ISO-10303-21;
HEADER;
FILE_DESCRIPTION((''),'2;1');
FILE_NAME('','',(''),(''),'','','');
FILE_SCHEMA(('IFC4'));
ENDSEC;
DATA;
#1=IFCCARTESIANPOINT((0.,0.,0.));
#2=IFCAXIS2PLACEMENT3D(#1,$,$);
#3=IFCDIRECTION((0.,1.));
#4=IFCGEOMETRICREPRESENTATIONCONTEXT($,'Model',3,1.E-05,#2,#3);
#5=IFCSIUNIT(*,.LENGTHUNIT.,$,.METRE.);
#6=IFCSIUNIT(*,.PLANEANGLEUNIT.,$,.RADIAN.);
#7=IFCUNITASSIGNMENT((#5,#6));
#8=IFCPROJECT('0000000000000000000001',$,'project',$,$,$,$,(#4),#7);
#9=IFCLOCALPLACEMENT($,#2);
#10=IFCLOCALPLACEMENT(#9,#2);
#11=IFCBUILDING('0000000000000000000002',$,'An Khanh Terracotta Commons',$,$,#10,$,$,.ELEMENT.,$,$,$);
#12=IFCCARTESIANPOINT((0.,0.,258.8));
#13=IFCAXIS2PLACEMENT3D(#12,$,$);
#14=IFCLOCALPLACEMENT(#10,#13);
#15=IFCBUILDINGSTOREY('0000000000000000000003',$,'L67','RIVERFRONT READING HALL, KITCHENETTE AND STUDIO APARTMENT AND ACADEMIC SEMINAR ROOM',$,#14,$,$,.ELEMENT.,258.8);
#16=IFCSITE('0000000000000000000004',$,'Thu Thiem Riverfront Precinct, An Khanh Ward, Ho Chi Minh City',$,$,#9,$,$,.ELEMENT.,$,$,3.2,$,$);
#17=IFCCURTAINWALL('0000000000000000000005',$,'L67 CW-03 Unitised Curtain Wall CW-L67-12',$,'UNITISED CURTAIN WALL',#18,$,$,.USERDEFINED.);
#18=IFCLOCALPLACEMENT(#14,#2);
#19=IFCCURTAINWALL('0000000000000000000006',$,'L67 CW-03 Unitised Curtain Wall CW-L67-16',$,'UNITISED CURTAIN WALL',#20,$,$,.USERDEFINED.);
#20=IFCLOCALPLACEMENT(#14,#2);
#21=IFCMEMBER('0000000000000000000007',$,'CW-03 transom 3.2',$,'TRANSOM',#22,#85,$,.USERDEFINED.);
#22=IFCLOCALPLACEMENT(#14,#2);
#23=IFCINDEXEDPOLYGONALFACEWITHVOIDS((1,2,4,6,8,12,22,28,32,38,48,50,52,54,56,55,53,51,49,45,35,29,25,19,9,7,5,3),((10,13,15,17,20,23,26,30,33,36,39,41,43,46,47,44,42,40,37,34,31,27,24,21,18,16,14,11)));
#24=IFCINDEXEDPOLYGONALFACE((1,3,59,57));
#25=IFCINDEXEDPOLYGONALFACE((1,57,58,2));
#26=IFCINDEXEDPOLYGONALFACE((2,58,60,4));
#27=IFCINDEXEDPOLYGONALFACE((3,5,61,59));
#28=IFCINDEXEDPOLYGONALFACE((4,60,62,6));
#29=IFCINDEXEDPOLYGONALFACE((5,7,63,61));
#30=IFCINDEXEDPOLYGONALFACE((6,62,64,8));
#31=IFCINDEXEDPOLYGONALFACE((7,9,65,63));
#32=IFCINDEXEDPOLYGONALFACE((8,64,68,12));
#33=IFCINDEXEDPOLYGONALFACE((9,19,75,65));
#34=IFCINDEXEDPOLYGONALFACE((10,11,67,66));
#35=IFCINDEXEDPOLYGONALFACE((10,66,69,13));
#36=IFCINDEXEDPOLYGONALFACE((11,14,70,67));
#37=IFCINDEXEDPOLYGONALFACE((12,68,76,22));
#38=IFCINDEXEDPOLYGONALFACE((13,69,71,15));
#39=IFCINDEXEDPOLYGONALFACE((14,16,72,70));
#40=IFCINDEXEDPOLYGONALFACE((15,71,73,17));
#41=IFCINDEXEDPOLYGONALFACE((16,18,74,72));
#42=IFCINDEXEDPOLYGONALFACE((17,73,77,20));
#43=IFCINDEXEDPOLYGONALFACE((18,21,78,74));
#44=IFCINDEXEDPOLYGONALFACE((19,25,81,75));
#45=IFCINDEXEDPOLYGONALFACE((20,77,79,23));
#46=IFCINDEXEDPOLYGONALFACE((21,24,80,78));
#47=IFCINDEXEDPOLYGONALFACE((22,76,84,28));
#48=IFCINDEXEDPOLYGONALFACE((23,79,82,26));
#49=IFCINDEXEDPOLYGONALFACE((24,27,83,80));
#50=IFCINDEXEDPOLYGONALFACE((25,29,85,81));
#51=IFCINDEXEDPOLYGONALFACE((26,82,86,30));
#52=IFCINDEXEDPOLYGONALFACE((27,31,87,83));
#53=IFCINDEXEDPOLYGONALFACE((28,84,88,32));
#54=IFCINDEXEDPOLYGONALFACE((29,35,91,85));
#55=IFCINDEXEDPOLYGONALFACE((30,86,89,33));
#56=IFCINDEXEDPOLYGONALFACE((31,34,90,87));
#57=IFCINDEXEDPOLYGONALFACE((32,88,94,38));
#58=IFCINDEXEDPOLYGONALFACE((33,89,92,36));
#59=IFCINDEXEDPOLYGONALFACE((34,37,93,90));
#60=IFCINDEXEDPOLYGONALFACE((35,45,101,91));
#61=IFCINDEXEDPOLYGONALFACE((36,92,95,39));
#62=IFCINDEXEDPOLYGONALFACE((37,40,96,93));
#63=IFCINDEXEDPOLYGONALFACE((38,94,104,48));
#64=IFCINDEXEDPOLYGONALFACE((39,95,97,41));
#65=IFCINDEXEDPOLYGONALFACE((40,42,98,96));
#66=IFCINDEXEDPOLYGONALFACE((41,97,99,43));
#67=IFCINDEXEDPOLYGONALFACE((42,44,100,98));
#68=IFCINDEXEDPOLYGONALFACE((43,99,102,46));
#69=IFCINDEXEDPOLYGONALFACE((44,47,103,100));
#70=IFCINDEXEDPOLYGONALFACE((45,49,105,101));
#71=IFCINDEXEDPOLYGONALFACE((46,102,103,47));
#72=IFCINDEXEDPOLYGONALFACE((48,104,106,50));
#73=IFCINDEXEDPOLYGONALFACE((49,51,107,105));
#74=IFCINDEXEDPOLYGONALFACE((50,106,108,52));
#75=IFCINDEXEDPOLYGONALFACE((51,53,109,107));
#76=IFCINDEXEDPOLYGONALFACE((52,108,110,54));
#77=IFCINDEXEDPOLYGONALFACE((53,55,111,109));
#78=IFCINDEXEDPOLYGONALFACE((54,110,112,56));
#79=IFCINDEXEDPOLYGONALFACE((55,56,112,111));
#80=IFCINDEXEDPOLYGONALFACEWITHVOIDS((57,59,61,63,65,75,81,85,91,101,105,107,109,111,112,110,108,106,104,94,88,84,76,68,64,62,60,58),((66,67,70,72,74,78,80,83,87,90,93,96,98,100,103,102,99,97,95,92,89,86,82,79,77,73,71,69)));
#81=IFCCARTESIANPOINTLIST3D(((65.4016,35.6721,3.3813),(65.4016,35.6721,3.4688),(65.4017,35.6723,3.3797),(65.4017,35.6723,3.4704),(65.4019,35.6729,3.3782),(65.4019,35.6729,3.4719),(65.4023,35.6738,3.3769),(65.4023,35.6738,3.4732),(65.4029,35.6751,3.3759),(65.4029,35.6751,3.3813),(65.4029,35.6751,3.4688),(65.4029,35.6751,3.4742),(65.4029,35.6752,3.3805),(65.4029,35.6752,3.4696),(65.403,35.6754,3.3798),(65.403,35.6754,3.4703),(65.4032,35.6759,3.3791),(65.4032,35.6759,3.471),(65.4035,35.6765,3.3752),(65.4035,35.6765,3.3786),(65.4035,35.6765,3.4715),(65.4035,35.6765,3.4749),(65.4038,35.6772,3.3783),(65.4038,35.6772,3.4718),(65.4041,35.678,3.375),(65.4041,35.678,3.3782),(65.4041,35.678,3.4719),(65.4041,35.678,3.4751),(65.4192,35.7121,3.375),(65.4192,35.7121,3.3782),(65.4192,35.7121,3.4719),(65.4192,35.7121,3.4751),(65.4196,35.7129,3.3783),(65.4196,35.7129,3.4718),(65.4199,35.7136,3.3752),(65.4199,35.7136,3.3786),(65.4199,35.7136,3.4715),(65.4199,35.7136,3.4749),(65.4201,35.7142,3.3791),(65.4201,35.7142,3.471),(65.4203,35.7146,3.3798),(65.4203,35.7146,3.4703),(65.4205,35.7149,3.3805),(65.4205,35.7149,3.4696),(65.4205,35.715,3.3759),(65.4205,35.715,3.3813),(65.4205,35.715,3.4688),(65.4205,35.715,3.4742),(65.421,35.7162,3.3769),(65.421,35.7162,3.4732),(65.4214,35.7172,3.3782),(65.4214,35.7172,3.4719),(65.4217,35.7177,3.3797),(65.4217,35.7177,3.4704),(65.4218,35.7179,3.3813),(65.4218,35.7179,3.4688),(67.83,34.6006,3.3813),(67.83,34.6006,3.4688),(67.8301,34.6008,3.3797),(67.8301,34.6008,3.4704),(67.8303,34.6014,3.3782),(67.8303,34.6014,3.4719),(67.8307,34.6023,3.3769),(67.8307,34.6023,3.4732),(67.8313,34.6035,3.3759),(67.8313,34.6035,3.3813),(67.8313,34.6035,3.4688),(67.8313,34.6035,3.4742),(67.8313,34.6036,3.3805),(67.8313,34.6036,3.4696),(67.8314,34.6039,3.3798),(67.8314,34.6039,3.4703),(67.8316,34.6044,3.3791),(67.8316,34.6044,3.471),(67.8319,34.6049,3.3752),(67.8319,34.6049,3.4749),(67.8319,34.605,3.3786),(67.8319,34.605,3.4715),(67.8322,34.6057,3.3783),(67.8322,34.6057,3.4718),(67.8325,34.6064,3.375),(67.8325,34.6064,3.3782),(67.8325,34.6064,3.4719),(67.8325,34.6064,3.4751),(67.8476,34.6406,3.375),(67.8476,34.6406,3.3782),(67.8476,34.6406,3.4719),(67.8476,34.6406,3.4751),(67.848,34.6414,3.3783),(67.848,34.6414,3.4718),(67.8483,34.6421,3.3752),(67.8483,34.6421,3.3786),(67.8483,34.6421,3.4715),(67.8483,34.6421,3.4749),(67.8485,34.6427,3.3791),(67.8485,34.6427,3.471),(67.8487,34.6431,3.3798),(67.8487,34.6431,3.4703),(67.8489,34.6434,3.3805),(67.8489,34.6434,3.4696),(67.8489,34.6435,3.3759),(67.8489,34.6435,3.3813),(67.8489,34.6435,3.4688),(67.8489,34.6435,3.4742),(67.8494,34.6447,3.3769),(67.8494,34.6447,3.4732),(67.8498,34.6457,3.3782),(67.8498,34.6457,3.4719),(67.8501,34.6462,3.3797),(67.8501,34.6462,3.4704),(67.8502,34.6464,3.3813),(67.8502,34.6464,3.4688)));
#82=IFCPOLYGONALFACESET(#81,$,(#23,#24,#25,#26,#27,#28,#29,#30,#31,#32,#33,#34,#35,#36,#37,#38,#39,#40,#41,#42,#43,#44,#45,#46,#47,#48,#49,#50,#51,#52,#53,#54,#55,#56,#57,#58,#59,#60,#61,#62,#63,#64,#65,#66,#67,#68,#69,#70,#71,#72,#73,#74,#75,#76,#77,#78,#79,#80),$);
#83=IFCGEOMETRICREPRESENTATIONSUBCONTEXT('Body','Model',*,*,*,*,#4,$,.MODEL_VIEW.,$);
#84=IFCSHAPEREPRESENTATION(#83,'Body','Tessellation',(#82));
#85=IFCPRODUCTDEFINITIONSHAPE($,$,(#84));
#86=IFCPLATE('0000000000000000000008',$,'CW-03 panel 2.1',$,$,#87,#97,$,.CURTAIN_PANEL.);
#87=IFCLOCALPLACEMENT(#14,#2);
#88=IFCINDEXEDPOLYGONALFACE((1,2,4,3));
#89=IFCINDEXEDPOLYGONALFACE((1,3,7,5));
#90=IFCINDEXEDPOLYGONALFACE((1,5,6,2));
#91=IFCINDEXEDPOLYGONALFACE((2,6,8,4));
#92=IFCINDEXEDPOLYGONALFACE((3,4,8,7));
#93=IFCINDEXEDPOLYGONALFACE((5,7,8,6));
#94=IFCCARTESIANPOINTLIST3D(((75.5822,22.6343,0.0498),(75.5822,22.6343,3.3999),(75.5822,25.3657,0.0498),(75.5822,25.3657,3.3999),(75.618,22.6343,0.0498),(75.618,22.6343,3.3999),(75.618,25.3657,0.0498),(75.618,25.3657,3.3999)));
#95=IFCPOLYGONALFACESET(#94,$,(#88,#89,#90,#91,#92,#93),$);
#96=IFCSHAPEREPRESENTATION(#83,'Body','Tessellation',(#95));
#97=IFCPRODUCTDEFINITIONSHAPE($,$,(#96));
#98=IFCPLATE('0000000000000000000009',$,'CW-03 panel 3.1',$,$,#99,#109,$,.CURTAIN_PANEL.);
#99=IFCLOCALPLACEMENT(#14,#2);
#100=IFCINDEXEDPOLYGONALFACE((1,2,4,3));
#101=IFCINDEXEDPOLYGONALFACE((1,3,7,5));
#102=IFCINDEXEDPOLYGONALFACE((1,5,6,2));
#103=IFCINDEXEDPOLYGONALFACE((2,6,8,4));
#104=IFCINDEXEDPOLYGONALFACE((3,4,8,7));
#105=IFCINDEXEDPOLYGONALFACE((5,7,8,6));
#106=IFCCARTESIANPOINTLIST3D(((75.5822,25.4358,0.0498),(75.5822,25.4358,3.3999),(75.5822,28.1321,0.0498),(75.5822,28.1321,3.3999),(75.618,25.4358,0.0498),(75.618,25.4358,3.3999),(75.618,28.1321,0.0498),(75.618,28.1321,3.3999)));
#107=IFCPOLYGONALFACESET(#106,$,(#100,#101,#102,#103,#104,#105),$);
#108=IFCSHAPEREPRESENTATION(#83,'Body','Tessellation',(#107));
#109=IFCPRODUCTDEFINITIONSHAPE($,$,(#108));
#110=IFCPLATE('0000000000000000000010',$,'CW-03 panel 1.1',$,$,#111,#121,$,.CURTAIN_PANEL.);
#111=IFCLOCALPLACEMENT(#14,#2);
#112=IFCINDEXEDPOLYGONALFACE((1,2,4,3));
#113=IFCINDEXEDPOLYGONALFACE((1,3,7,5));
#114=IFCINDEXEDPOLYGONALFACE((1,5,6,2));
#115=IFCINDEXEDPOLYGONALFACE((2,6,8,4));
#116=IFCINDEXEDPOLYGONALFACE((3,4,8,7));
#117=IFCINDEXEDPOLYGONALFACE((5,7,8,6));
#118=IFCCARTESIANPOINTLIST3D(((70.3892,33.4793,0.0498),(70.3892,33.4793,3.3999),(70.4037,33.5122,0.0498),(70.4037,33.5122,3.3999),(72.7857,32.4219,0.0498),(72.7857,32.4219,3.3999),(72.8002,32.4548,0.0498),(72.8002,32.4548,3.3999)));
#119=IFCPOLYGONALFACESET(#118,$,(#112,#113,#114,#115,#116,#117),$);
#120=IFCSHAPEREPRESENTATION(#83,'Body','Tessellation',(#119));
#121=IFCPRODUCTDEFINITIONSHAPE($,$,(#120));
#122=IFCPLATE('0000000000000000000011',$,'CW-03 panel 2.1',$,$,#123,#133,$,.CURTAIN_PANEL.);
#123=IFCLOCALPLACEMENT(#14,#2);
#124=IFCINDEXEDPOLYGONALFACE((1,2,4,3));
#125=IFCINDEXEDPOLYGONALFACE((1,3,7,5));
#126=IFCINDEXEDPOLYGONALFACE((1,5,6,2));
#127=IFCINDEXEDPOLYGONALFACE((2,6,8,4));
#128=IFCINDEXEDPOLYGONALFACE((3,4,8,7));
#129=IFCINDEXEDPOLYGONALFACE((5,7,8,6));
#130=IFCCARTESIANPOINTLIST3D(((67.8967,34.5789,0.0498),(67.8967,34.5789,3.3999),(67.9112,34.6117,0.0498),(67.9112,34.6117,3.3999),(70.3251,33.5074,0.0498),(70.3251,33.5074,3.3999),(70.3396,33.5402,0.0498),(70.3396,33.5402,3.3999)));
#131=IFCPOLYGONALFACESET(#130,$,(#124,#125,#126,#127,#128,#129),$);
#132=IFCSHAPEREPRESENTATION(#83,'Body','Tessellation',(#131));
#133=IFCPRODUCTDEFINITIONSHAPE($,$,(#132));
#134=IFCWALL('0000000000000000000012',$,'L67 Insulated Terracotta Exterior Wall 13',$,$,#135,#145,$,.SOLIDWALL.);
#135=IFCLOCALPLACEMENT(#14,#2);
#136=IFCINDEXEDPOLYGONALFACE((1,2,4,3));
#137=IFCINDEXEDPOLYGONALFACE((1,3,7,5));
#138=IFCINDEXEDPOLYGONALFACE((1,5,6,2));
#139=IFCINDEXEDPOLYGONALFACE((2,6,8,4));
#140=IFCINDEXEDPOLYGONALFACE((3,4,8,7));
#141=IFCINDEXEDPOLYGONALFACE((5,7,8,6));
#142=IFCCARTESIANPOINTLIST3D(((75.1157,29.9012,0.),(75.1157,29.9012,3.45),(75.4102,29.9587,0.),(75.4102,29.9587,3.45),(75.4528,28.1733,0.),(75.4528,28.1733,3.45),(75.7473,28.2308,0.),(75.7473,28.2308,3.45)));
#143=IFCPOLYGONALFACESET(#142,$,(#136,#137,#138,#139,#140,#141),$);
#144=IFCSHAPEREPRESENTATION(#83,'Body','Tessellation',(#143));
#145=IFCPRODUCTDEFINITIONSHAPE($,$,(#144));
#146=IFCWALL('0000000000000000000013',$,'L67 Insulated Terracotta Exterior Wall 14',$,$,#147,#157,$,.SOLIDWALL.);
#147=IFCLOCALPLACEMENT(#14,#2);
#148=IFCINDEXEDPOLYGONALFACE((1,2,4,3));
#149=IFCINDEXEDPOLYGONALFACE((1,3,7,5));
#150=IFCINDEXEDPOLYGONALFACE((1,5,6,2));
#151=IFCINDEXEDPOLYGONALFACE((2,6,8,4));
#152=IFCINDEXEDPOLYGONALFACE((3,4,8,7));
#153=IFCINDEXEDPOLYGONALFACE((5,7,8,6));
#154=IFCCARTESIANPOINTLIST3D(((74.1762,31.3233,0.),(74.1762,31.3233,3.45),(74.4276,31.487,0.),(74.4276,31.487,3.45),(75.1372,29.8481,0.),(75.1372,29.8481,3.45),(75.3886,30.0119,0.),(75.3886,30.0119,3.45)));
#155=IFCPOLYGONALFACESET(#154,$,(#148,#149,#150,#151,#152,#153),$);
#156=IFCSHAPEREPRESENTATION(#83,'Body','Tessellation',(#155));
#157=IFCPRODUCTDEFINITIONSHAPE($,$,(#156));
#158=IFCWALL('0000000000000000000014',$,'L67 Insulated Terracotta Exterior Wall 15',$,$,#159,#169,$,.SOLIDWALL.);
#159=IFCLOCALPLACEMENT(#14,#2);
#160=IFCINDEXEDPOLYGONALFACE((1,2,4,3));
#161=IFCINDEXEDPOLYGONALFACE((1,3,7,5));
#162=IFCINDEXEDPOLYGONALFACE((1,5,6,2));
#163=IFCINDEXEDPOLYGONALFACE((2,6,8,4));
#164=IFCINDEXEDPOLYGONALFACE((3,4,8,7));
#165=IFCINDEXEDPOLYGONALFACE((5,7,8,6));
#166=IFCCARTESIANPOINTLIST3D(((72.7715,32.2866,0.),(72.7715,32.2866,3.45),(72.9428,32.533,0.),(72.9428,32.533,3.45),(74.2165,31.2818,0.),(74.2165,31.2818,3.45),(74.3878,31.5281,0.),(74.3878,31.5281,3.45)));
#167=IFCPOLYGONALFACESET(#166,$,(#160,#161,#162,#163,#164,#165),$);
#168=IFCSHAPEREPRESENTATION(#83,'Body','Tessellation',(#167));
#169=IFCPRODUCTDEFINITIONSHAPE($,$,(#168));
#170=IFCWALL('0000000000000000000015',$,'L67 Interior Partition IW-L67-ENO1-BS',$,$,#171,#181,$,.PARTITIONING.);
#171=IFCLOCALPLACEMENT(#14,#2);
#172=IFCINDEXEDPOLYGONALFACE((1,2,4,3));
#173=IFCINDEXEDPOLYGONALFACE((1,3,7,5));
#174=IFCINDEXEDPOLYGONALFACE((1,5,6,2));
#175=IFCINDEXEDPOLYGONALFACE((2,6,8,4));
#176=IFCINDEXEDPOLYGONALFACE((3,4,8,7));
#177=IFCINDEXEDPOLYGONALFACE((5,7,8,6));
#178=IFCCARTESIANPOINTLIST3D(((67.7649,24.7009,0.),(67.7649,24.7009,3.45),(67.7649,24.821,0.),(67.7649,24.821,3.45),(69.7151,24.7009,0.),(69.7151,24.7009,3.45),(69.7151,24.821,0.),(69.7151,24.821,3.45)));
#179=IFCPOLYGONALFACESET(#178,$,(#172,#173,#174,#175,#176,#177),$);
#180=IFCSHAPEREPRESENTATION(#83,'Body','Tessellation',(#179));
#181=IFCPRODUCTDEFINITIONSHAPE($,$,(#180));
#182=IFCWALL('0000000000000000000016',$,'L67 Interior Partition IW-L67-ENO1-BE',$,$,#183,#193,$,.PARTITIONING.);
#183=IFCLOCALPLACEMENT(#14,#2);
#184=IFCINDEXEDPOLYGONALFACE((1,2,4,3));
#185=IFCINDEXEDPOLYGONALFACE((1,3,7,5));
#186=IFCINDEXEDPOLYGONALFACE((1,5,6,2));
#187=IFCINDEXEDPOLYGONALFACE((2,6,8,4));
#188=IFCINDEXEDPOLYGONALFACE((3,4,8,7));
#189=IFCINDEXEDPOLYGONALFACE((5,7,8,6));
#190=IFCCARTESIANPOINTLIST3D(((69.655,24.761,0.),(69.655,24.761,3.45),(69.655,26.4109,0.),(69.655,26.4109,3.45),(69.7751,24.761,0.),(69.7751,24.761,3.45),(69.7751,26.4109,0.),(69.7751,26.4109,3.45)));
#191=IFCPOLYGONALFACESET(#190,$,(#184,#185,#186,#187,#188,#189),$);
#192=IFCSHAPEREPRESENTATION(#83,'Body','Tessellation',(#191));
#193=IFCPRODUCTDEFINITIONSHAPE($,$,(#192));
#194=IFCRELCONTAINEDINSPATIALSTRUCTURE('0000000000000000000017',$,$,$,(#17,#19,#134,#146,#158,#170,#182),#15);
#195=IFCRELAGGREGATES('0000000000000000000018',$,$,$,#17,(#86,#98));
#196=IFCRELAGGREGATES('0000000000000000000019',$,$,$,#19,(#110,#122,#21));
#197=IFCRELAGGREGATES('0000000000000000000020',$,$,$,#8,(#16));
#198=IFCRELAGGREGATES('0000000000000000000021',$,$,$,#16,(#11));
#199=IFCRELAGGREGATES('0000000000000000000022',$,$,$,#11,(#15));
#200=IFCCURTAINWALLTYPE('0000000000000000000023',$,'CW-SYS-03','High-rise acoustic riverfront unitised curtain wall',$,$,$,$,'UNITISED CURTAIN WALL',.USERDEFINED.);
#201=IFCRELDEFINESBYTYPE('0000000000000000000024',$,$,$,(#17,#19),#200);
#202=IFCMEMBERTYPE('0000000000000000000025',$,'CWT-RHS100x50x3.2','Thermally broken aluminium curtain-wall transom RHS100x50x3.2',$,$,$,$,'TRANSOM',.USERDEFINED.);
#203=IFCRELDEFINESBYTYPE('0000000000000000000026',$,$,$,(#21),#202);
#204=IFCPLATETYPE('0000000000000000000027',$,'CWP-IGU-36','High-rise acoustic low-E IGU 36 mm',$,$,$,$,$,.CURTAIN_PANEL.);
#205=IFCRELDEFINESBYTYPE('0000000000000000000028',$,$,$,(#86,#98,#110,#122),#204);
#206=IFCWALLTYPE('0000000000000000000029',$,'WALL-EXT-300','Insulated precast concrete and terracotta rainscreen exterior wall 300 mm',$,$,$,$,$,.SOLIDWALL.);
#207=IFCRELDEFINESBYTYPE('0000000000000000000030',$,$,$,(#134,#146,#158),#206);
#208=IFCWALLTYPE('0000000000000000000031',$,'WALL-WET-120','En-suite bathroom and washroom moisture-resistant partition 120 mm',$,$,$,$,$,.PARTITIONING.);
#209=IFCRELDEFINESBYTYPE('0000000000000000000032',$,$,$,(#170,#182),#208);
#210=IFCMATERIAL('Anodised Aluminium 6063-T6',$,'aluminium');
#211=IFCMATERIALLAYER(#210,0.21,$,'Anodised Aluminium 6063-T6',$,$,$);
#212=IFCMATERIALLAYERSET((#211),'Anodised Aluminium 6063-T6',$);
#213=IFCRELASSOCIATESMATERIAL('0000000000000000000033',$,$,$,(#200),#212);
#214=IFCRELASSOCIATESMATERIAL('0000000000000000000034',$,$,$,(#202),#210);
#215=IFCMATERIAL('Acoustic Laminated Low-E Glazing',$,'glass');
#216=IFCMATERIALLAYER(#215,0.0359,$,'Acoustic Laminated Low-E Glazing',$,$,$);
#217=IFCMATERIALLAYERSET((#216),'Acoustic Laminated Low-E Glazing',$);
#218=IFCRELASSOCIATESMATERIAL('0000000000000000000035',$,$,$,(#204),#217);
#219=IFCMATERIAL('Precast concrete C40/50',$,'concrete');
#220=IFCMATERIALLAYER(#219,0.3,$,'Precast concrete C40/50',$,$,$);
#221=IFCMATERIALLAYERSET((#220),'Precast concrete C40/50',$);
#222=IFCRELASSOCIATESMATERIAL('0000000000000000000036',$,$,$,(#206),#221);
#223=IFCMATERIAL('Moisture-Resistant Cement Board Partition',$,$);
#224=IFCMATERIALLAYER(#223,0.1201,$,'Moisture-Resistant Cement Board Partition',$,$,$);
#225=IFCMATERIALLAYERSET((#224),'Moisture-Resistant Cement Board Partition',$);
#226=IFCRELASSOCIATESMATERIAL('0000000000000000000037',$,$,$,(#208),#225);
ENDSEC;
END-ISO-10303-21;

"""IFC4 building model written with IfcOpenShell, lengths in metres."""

from ifc_helpers import new_model, si_unit, direction, frame, frame_2d, origin, origin_2d, place, context, subcontext, project, spatial, rectangle, hollow_rectangle, extrude, material, layer, layer_set, material_profile, profile_set, type_object, element, aggregate, save


model = new_model("IFC4")

# Units and contexts
model_context = context("Model", 3, precision=1e-05, world=origin(), true_north=direction((0.0, 1.0)))
body_context = subcontext(model_context, "Body", "Model", "MODEL_VIEW")
ifc_project = project(units=[si_unit("LENGTHUNIT", "METRE"), si_unit("PLANEANGLEUNIT", "RADIAN")], contexts=[model_context])

# Site, building, storey
site_placement = place(None, origin())
site = spatial("IfcSite", under=ifc_project, at=site_placement, Name="Thu Thiem Riverfront Precinct, An Khanh Ward, Ho Chi Minh City", CompositionType="ELEMENT", RefElevation=3.2)
building_placement = place(site_placement, origin())
building = spatial("IfcBuilding", under=site, at=building_placement, Name="An Khanh Terracotta Commons", CompositionType="ELEMENT")
storey_placement = place(building_placement, frame((0.0, 0.0, 258.8)))
storey = spatial("IfcBuildingStorey", under=building, at=storey_placement, Name="L67", Description="RIVERFRONT READING HALL, KITCHENETTE AND STUDIO APARTMENT AND ACADEMIC SEMINAR ROOM", CompositionType="ELEMENT", Elevation=258.8)

# Curtain walls
ifc_material_1 = material(Name="Anodised Aluminium 6063-T6", Category="aluminium")
ifc_layer_1 = layer(ifc_material_1, 0.21, Name="Anodised Aluminium 6063-T6")
ifc_layer_set_1 = layer_set([ifc_layer_1], Name="Anodised Aluminium 6063-T6")
curtain_wall_type = type_object("IfcCurtainWallType", Name="CW-SYS-03", Description="High-rise acoustic riverfront unitised curtain wall", ElementType="UNITISED CURTAIN WALL", PredefinedType="USERDEFINED", material=ifc_layer_set_1)
curtain_wall_1_placement = place(storey_placement, origin())
curtain_wall_1 = element("IfcCurtainWall", 1, at=curtain_wall_1_placement, inside=storey, type_object=curtain_wall_type, Name="L67 CW-03 Unitised Curtain Wall CW-L67-12", ObjectType="UNITISED CURTAIN WALL", PredefinedType="USERDEFINED")
curtain_wall_2_placement = place(storey_placement, origin())
curtain_wall_2 = element("IfcCurtainWall", 2, at=curtain_wall_2_placement, inside=storey, type_object=curtain_wall_type, Name="L67 CW-03 Unitised Curtain Wall CW-L67-16", ObjectType="UNITISED CURTAIN WALL", PredefinedType="USERDEFINED")

# Member
ifc_material_profile_1 = material_profile(ifc_material_1, hollow_rectangle(XDim=0.05, YDim=0.1001, WallThickness=0.0032, InnerFilletRadius=0.0032, OuterFilletRadius=0.0063, at=origin_2d()), Name="RHS100x50x3.2")
ifc_profile_set_1 = profile_set([ifc_material_profile_1], Name="Anodised Aluminium 6063-T6")
member_type_1 = type_object("IfcMemberType", Name="CWT-RHS100x50x3.2", Description="Thermally broken aluminium curtain-wall transom RHS100x50x3.2", ElementType="TRANSOM", PredefinedType="USERDEFINED", material=ifc_profile_set_1)
member_1_placement = place(storey_placement, frame((67.8401, 34.6235, 3.425), z_axis=(-0.914897, 0.403688, 0.0), x_axis=(-0.403688, -0.914897, 0.0)))
member_1 = element("IfcMember", 3, at=member_1_placement, type_object=member_type_1, Name="CW-03 transom 3.2", ObjectType="TRANSOM", PredefinedType="USERDEFINED", context=body_context, shape_type="SweptSolid", body=[
    extrude(hollow_rectangle(XDim=0.05, YDim=0.1001, WallThickness=0.0032, InnerFilletRadius=0.0032, OuterFilletRadius=0.0063, at=origin_2d()), origin(), (0.0, 0.0, 1.0), 2.6543),
])

# Plates
ifc_material_2 = material(Name="Acoustic Laminated Low-E Glazing", Category="glass")
ifc_layer_2 = layer(ifc_material_2, 0.0359, Name="Acoustic Laminated Low-E Glazing")
ifc_layer_set_2 = layer_set([ifc_layer_2], Name="Acoustic Laminated Low-E Glazing")
plate_type = type_object("IfcPlateType", Name="CWP-IGU-36", Description="High-rise acoustic low-E IGU 36 mm", PredefinedType="CURTAIN_PANEL", material=ifc_layer_set_2)
plate_1_placement = place(storey_placement, frame((75.6001, 24.0, 0.0498), z_axis=(0.0, 0.0, 1.0), x_axis=(0.0, 1.0, 0.0)))
plate_1 = element("IfcPlate", 4, at=plate_1_placement, type_object=plate_type, Name="CW-03 panel 2.1", PredefinedType="CURTAIN_PANEL", context=body_context, shape_type="SweptSolid", body=[
    extrude(rectangle(XDim=2.7314, YDim=0.0359, at=origin_2d()), origin(), (0.0, 0.0, 1.0), 3.3501),
])
plate_2_placement = place(storey_placement, frame((75.6001, 26.7839, 0.0498), z_axis=(0.0, 0.0, 1.0), x_axis=(0.0, 1.0, 0.0)))
plate_2 = element("IfcPlate", 5, at=plate_2_placement, type_object=plate_type, Name="CW-03 panel 3.1", PredefinedType="CURTAIN_PANEL", context=body_context, shape_type="SweptSolid", body=[
    extrude(rectangle(XDim=2.6963, YDim=0.0359, at=origin_2d()), origin(), (0.0, 0.0, 1.0), 3.3501),
])
aggregate(curtain_wall_1, [plate_1, plate_2])
plate_3_placement = place(storey_placement, frame((71.5947, 32.967, 0.0498), z_axis=(0.0, 0.0, 1.0), x_axis=(-0.914902, 0.403676, 0.0)))
plate_3 = element("IfcPlate", 6, at=plate_3_placement, type_object=plate_type, Name="CW-03 panel 1.1", PredefinedType="CURTAIN_PANEL", context=body_context, shape_type="SweptSolid", body=[
    extrude(rectangle(XDim=2.6194, YDim=0.0359, at=origin_2d()), origin(), (0.0, 0.0, 1.0), 3.3501),
])
plate_4_placement = place(storey_placement, frame((69.1182, 34.0596, 0.0498), z_axis=(0.0, 0.0, 1.0), x_axis=(-0.914902, 0.403676, 0.0)))
plate_4 = element("IfcPlate", 7, at=plate_4_placement, type_object=plate_type, Name="CW-03 panel 2.1", PredefinedType="CURTAIN_PANEL", context=body_context, shape_type="SweptSolid", body=[
    extrude(rectangle(XDim=2.6543, YDim=0.0359, at=origin_2d()), origin(), (0.0, 0.0, 1.0), 3.3501),
])
aggregate(curtain_wall_2, [plate_3, plate_4, member_1])

# Walls
ifc_material_3 = material(Name="Precast concrete C40/50", Category="concrete")
ifc_layer_3 = layer(ifc_material_3, 0.3, Name="Precast concrete C40/50")
ifc_layer_set_3 = layer_set([ifc_layer_3], Name="Precast concrete C40/50")
wall_type_1 = type_object("IfcWallType", Name="WALL-EXT-300", Description="Insulated precast concrete and terracotta rainscreen exterior wall 300 mm", PredefinedType="SOLIDWALL", material=ifc_layer_set_3)
for number, where, z_axis, x_axis, name in (
    (8, (75.6001, 28.2019, 0.0), (0.0, 0.0, 1.0), (-0.191501, 0.981492, 0.0), "L67 Insulated Terracotta Exterior Wall 13"),
    (9, (75.2629, 29.9299, 0.0), (0.0, 0.0, 1.0), (-0.545836, 0.837892, 0.0), "L67 Insulated Terracotta Exterior Wall 14"),
):
    element("IfcWall", number, at=place(storey_placement, frame(where, z_axis=z_axis, x_axis=x_axis)), inside=storey, type_object=wall_type_1, Name=name, PredefinedType="SOLIDWALL", context=body_context, shape_type="SweptSolid", body=[
        extrude(rectangle(XDim=1.7605, YDim=0.3, at=frame_2d((0.8804, 0.0))), origin(), (0.0, 0.0, 1.0), 3.45),
    ])
wall_1_placement = place(storey_placement, frame((74.302, 31.405, 0.0), z_axis=(0.0, 0.0, 1.0), x_axis=(-0.821007, 0.570918, 0.0)))
element("IfcWall", 10, at=wall_1_placement, inside=storey, type_object=wall_type_1, Name="L67 Insulated Terracotta Exterior Wall 15", PredefinedType="SOLIDWALL", context=body_context, shape_type="SweptSolid", body=[
    extrude(rectangle(XDim=1.76, YDim=0.3, at=frame_2d((0.8799, 0.0))), origin(), (0.0, 0.0, 1.0), 3.45),
])
ifc_material_4 = material(Name="Moisture-Resistant Cement Board Partition")
ifc_layer_4 = layer(ifc_material_4, 0.1201, Name="Moisture-Resistant Cement Board Partition")
ifc_layer_set_4 = layer_set([ifc_layer_4], Name="Moisture-Resistant Cement Board Partition")
wall_type_2 = type_object("IfcWallType", Name="WALL-WET-120", Description="En-suite bathroom and washroom moisture-resistant partition 120 mm", PredefinedType="PARTITIONING", material=ifc_layer_set_4)
wall_2_placement = place(storey_placement, frame((69.7151, 24.761, 0.0), z_axis=(0.0, 0.0, 1.0), x_axis=(-1.0, 0.0, 0.0)))
element("IfcWall", 11, at=wall_2_placement, inside=storey, type_object=wall_type_2, Name="L67 Interior Partition IW-L67-ENO1-BS", PredefinedType="PARTITIONING", context=body_context, shape_type="SweptSolid", body=[
    extrude(rectangle(XDim=1.9502, YDim=0.1201, at=frame_2d((0.9751, 0.0))), origin(), (0.0, 0.0, 1.0), 3.45),
])
wall_3_placement = place(storey_placement, frame((69.7151, 24.761, 0.0), z_axis=(0.0, 0.0, 1.0), x_axis=(0.0, 1.0, 0.0)))
element("IfcWall", 12, at=wall_3_placement, inside=storey, type_object=wall_type_2, Name="L67 Interior Partition IW-L67-ENO1-BE", PredefinedType="PARTITIONING", context=body_context, shape_type="SweptSolid", body=[
    extrude(rectangle(XDim=1.6499, YDim=0.1201, at=frame_2d((0.825, 0.0))), origin(), (0.0, 0.0, 1.0), 3.45),
])

save(model, "model.ifc")
